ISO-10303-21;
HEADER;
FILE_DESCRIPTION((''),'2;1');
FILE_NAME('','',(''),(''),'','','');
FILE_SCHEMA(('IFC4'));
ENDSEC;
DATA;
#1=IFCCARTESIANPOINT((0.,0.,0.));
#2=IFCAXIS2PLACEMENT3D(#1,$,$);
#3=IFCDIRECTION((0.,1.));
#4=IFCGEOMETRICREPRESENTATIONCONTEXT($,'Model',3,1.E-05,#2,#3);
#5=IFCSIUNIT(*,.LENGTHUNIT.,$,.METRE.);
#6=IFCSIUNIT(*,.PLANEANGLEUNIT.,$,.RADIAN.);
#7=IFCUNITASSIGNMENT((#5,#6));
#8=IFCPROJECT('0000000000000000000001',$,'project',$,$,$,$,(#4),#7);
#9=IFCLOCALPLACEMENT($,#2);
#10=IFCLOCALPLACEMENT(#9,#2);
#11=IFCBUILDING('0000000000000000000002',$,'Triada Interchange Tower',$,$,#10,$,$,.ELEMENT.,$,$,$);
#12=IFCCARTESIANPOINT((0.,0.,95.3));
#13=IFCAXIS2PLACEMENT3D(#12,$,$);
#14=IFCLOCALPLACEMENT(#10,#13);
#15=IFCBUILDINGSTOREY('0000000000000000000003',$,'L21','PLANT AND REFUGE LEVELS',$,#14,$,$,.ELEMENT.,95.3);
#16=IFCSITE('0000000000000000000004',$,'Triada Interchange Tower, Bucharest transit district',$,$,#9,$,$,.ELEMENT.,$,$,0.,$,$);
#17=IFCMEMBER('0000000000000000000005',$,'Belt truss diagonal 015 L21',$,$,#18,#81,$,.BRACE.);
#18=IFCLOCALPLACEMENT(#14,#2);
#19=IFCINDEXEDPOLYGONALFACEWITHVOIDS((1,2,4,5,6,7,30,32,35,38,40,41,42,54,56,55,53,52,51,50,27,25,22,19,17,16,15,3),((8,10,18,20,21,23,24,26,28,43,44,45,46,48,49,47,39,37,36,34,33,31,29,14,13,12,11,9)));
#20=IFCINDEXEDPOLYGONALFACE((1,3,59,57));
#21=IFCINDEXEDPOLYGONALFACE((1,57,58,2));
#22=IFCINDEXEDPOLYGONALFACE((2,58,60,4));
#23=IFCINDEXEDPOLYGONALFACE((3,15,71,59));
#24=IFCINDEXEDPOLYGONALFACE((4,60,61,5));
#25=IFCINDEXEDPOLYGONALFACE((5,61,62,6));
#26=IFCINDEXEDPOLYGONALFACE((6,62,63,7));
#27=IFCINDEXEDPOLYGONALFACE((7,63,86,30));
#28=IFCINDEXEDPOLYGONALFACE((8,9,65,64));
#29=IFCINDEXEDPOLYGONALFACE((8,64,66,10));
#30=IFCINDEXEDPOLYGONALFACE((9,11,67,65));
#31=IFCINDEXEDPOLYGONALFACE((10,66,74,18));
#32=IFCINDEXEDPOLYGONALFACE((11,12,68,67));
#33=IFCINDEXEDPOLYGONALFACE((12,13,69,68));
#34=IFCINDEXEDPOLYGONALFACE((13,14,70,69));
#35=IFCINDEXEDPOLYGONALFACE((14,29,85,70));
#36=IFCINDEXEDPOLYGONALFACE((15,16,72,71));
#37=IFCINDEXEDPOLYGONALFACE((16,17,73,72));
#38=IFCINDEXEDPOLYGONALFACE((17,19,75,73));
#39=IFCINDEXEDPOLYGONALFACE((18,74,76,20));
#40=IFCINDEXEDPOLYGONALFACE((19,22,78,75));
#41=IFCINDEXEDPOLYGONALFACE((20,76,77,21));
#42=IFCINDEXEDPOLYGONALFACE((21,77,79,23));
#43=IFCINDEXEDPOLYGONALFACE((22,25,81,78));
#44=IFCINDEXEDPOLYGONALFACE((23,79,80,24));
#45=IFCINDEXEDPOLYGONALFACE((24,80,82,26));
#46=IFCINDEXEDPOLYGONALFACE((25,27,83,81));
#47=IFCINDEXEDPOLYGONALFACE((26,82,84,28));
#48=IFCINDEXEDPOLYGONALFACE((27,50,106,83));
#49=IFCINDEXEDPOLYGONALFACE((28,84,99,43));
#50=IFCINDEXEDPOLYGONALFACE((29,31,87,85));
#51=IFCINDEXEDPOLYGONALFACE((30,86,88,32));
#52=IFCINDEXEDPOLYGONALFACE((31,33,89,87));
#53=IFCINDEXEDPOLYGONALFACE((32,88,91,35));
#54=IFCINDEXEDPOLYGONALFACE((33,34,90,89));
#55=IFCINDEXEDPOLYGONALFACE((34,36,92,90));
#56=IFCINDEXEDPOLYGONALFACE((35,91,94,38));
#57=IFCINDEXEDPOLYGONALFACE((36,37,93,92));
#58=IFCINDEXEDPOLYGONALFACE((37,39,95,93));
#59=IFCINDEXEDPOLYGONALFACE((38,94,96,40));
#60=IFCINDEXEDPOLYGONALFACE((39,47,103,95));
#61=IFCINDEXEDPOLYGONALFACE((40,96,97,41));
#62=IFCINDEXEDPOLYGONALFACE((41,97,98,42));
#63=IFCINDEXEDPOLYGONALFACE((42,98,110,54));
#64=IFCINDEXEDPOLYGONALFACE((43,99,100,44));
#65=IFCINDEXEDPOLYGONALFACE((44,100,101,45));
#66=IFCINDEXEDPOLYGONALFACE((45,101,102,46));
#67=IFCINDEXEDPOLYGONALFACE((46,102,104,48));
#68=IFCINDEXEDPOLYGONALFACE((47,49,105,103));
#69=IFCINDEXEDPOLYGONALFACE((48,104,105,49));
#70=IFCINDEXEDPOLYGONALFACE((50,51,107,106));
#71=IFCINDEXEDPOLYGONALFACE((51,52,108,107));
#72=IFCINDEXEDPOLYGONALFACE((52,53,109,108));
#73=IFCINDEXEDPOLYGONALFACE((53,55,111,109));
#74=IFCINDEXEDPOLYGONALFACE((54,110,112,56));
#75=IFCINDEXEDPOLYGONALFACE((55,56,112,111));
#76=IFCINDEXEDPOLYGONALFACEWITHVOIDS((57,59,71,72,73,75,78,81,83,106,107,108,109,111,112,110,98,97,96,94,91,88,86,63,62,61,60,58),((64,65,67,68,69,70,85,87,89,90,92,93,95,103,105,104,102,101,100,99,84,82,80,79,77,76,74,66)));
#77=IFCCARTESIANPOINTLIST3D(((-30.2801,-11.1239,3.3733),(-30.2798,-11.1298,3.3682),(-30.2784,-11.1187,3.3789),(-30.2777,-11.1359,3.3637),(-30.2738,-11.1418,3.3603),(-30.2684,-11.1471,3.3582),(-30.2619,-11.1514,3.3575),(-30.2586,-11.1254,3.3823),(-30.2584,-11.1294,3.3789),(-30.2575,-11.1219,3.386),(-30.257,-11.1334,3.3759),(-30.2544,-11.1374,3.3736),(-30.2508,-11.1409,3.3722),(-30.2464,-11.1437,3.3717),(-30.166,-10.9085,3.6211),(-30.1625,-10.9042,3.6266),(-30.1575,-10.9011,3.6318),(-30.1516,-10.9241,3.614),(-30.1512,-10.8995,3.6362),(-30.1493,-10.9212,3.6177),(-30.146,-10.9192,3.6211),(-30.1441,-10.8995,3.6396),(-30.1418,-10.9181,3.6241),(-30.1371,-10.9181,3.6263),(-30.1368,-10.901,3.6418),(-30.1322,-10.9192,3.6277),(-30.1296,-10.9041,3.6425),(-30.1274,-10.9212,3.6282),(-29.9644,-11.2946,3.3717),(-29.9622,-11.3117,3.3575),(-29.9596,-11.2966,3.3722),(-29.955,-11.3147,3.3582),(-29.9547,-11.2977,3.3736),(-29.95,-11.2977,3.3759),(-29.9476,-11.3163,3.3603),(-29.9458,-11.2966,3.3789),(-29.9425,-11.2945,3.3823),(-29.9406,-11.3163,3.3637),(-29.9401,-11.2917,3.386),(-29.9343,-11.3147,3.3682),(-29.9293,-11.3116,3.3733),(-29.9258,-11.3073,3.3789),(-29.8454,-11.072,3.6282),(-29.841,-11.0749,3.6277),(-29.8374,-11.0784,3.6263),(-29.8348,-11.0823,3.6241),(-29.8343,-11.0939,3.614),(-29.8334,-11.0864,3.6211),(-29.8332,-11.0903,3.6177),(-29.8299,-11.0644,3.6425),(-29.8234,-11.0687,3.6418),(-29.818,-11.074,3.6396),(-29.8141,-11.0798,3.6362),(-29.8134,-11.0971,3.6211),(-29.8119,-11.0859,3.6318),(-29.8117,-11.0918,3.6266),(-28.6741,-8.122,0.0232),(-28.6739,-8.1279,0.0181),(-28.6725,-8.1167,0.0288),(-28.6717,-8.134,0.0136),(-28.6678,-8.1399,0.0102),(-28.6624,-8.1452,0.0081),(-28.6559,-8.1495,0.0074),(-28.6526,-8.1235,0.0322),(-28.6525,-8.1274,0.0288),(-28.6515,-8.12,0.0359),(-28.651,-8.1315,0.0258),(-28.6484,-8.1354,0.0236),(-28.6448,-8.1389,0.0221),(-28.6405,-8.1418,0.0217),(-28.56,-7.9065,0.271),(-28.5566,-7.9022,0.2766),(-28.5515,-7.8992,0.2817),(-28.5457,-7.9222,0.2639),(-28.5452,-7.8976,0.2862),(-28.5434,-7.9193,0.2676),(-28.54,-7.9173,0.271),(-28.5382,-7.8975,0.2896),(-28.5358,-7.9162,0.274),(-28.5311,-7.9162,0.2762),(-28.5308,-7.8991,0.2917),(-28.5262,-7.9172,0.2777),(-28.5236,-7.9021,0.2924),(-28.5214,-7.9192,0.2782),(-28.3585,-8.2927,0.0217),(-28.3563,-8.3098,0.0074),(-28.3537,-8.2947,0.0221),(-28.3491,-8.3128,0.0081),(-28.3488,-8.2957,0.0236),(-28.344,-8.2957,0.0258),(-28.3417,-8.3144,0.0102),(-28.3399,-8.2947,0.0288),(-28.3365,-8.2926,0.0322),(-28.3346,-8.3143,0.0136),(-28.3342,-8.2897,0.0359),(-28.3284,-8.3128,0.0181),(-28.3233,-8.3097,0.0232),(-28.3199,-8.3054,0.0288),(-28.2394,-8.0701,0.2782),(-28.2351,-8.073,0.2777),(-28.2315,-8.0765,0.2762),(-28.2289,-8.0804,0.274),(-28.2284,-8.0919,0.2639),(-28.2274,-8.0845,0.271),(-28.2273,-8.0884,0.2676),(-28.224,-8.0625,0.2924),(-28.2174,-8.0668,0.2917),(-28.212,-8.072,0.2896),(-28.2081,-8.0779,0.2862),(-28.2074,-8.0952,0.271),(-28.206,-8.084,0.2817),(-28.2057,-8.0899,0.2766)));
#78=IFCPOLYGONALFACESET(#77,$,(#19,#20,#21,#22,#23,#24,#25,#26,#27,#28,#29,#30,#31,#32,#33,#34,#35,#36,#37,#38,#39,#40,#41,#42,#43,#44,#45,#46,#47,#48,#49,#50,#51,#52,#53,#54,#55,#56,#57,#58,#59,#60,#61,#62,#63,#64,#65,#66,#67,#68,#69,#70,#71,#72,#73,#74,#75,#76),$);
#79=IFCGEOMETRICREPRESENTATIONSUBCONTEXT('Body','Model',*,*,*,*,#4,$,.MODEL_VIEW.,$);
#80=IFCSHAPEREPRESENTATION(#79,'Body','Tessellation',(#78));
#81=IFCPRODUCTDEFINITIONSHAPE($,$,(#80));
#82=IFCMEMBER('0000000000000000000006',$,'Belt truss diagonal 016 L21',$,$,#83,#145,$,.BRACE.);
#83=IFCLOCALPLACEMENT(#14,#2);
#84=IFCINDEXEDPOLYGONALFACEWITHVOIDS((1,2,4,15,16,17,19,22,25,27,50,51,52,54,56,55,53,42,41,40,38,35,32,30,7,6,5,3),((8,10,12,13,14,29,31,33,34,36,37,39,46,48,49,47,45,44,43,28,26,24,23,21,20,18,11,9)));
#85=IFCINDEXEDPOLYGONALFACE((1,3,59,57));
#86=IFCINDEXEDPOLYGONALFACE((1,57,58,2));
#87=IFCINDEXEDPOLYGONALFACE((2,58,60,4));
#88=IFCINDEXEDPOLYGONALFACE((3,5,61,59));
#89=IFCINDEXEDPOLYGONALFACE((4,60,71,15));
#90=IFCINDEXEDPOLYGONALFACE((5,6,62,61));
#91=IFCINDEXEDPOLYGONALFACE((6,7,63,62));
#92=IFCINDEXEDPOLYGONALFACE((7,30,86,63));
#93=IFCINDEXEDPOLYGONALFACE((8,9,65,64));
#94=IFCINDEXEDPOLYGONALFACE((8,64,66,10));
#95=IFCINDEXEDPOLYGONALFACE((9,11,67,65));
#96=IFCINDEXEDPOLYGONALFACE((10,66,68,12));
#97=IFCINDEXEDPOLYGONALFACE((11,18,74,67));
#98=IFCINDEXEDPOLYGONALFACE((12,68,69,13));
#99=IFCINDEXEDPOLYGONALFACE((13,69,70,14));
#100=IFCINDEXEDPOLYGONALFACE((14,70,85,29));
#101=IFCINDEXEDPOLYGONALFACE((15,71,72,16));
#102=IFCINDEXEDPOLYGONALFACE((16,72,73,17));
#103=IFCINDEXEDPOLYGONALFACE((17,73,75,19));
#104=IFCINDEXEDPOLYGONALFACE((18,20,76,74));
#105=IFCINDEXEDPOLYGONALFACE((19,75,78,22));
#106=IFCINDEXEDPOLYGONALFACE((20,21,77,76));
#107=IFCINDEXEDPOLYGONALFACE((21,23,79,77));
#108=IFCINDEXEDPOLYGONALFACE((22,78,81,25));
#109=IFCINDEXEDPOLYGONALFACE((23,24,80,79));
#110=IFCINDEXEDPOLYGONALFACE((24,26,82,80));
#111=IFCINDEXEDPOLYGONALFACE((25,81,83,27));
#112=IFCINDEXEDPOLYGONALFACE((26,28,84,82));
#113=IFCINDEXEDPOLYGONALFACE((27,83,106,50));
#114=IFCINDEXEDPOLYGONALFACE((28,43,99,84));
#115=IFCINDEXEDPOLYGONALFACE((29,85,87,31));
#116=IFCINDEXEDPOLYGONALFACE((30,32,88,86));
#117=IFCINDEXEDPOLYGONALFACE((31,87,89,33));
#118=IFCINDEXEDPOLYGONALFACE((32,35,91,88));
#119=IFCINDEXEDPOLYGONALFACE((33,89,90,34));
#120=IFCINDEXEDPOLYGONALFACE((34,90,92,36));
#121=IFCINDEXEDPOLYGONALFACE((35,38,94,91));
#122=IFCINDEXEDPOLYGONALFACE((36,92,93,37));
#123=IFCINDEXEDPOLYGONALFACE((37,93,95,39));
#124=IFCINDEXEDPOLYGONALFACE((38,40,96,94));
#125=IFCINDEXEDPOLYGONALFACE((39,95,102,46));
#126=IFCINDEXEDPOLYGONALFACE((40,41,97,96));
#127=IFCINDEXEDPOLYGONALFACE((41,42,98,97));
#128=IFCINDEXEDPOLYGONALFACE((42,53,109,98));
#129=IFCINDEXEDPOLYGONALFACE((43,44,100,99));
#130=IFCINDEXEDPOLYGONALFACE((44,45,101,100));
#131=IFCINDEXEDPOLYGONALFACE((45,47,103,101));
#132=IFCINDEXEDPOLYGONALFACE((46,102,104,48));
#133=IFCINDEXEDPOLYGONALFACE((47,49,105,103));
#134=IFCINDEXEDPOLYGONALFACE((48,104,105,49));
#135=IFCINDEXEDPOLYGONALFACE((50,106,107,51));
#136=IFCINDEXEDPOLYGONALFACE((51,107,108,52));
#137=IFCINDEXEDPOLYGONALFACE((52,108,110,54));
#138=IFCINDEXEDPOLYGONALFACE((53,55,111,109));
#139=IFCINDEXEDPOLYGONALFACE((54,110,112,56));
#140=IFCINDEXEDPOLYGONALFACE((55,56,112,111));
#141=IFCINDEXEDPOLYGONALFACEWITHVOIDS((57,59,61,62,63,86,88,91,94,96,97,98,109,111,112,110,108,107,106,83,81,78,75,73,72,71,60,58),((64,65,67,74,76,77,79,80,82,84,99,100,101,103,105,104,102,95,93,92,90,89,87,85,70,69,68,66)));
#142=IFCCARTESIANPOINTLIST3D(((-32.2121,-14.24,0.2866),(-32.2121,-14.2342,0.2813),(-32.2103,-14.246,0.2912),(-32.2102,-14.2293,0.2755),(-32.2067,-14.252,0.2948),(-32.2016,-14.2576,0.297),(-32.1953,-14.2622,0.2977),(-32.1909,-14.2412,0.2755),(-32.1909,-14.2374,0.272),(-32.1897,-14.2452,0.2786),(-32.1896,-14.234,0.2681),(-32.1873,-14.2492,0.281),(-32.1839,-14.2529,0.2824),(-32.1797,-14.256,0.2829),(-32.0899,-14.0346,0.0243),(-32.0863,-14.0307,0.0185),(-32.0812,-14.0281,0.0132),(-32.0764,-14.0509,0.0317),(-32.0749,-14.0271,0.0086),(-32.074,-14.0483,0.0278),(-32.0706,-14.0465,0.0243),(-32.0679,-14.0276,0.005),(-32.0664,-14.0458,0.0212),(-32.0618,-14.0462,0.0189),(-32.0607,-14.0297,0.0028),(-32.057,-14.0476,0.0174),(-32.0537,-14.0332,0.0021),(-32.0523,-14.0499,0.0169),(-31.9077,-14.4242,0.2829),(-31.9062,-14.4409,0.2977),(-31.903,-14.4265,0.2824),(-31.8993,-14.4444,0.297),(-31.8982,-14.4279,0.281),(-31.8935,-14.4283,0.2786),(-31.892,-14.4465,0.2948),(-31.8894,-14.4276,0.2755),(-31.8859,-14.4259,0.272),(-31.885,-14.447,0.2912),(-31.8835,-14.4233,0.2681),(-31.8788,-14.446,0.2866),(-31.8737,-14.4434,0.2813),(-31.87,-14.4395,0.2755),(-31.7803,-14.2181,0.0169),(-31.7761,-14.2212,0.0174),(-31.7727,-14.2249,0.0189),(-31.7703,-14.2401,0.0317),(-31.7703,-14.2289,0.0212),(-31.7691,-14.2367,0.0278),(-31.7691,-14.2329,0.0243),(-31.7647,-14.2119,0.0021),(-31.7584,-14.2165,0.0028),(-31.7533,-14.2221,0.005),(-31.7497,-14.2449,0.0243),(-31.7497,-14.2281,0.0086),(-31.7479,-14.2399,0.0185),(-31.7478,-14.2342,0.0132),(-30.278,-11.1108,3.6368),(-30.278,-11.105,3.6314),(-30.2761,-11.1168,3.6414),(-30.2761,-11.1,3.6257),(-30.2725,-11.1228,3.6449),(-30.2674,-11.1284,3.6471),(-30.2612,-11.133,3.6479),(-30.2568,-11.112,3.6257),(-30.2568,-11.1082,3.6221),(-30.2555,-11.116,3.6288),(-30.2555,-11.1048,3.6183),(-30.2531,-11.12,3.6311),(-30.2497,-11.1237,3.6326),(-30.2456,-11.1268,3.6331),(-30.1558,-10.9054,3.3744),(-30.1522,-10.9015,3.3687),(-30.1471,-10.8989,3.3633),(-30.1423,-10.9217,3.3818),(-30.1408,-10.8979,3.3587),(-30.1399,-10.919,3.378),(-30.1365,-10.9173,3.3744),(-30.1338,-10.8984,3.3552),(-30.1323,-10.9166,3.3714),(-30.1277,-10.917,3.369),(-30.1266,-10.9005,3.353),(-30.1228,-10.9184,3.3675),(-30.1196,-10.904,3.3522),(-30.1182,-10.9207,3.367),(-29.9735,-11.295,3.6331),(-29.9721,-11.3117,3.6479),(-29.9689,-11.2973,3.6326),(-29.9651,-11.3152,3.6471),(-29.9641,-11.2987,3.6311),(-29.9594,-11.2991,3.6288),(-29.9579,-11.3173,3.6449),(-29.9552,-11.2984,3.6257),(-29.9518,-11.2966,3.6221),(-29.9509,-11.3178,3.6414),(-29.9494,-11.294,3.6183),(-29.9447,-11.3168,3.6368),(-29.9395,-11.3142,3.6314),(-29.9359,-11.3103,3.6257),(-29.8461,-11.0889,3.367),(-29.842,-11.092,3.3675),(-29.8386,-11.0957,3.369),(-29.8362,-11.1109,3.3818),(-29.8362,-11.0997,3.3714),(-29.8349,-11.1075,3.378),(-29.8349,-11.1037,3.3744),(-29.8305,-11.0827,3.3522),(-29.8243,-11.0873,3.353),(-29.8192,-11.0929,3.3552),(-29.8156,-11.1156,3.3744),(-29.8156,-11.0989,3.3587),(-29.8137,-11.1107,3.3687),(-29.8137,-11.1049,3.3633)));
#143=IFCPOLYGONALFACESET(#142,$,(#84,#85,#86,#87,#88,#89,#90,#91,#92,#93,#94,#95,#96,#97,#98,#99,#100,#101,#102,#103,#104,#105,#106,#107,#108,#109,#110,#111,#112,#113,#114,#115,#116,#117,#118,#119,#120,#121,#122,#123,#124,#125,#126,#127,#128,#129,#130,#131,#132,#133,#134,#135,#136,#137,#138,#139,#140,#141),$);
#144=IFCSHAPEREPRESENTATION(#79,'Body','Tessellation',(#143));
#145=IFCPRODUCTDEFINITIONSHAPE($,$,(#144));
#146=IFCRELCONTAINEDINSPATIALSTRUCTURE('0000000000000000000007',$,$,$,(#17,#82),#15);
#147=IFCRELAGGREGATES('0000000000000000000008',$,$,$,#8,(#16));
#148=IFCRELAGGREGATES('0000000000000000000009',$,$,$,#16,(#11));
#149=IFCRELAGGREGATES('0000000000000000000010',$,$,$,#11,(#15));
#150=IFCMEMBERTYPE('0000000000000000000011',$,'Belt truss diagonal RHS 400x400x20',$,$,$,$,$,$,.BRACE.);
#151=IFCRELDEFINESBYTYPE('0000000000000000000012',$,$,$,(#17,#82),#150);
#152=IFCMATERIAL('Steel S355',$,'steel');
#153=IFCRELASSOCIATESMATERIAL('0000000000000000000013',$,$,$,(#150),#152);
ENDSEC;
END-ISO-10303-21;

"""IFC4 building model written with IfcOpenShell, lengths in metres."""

from ifc_helpers import new_model, si_unit, direction, frame, origin, origin_2d, place, context, subcontext, project, spatial, hollow_rectangle, extrude, material, material_profile, profile_set, type_object, element, save


model = new_model("IFC4")

# Units and contexts
model_context = context("Model", 3, precision=1e-05, world=origin(), true_north=direction((0.0, 1.0)))
body_context = subcontext(model_context, "Body", "Model", "MODEL_VIEW")
ifc_project = project(units=[si_unit("LENGTHUNIT", "METRE"), si_unit("PLANEANGLEUNIT", "RADIAN")], contexts=[model_context])

# Site, building, storey
site_placement = place(None, origin())
site = spatial("IfcSite", under=ifc_project, at=site_placement, Name="Triada Interchange Tower, Bucharest transit district", CompositionType="ELEMENT", RefElevation=0.0)
building_placement = place(site_placement, origin())
building = spatial("IfcBuilding", under=site, at=building_placement, Name="Triada Interchange Tower", CompositionType="ELEMENT")
storey_placement = place(building_placement, frame((0.0, 0.0, 95.3)))
storey = spatial("IfcBuildingStorey", under=building, at=storey_placement, Name="L21", Description="PLANT AND REFUGE LEVELS", CompositionType="ELEMENT", Elevation=95.3)

# Members
ifc_material_1 = material(Name="Steel S355", Category="steel")
ifc_material_profile_1 = material_profile(ifc_material_1, hollow_rectangle(XDim=0.3999, YDim=0.3999, WallThickness=0.02, InnerFilletRadius=0.02, OuterFilletRadius=0.03, at=origin_2d()), Name="RHS 400x400x20")
ifc_profile_set_1 = profile_set([ifc_material_profile_1], Name="Steel S355")
member_type = type_object("IfcMemberType", Name="Belt truss diagonal RHS 400x400x20", PredefinedType="BRACE", material=ifc_profile_set_1)
member_1_placement = place(storey_placement, frame((-28.4399, -8.106, 0.1499), z_axis=(-0.336228, -0.628497, 0.701386), x_axis=(0.881753, -0.471712, 0.0)))
element("IfcMember", 1, at=member_1_placement, inside=storey, type_object=member_type, Name="Belt truss diagonal 015 L21", PredefinedType="BRACE", context=body_context, shape_type="SweptSolid", body=[
    extrude(hollow_rectangle(XDim=0.3999, YDim=0.3999, WallThickness=0.02, InnerFilletRadius=0.02, OuterFilletRadius=0.03, at=origin_2d()), origin(), (0.0, 0.0, 1.0), 4.7764),
])
member_2_placement = place(storey_placement, frame((-31.98, -14.2371, 0.1499), z_axis=(0.388723, 0.628914, 0.673321), x_axis=(-0.850631, 0.525763, 0.0)))
element("IfcMember", 2, at=member_2_placement, inside=storey, type_object=member_type, Name="Belt truss diagonal 016 L21", PredefinedType="BRACE", context=body_context, shape_type="SweptSolid", body=[
    extrude(hollow_rectangle(XDim=0.3999, YDim=0.3999, WallThickness=0.02, InnerFilletRadius=0.02, OuterFilletRadius=0.03, at=origin_2d()), origin(), (0.0, 0.0, 1.0), 4.9756),
])

save(model, "model.ifc")
